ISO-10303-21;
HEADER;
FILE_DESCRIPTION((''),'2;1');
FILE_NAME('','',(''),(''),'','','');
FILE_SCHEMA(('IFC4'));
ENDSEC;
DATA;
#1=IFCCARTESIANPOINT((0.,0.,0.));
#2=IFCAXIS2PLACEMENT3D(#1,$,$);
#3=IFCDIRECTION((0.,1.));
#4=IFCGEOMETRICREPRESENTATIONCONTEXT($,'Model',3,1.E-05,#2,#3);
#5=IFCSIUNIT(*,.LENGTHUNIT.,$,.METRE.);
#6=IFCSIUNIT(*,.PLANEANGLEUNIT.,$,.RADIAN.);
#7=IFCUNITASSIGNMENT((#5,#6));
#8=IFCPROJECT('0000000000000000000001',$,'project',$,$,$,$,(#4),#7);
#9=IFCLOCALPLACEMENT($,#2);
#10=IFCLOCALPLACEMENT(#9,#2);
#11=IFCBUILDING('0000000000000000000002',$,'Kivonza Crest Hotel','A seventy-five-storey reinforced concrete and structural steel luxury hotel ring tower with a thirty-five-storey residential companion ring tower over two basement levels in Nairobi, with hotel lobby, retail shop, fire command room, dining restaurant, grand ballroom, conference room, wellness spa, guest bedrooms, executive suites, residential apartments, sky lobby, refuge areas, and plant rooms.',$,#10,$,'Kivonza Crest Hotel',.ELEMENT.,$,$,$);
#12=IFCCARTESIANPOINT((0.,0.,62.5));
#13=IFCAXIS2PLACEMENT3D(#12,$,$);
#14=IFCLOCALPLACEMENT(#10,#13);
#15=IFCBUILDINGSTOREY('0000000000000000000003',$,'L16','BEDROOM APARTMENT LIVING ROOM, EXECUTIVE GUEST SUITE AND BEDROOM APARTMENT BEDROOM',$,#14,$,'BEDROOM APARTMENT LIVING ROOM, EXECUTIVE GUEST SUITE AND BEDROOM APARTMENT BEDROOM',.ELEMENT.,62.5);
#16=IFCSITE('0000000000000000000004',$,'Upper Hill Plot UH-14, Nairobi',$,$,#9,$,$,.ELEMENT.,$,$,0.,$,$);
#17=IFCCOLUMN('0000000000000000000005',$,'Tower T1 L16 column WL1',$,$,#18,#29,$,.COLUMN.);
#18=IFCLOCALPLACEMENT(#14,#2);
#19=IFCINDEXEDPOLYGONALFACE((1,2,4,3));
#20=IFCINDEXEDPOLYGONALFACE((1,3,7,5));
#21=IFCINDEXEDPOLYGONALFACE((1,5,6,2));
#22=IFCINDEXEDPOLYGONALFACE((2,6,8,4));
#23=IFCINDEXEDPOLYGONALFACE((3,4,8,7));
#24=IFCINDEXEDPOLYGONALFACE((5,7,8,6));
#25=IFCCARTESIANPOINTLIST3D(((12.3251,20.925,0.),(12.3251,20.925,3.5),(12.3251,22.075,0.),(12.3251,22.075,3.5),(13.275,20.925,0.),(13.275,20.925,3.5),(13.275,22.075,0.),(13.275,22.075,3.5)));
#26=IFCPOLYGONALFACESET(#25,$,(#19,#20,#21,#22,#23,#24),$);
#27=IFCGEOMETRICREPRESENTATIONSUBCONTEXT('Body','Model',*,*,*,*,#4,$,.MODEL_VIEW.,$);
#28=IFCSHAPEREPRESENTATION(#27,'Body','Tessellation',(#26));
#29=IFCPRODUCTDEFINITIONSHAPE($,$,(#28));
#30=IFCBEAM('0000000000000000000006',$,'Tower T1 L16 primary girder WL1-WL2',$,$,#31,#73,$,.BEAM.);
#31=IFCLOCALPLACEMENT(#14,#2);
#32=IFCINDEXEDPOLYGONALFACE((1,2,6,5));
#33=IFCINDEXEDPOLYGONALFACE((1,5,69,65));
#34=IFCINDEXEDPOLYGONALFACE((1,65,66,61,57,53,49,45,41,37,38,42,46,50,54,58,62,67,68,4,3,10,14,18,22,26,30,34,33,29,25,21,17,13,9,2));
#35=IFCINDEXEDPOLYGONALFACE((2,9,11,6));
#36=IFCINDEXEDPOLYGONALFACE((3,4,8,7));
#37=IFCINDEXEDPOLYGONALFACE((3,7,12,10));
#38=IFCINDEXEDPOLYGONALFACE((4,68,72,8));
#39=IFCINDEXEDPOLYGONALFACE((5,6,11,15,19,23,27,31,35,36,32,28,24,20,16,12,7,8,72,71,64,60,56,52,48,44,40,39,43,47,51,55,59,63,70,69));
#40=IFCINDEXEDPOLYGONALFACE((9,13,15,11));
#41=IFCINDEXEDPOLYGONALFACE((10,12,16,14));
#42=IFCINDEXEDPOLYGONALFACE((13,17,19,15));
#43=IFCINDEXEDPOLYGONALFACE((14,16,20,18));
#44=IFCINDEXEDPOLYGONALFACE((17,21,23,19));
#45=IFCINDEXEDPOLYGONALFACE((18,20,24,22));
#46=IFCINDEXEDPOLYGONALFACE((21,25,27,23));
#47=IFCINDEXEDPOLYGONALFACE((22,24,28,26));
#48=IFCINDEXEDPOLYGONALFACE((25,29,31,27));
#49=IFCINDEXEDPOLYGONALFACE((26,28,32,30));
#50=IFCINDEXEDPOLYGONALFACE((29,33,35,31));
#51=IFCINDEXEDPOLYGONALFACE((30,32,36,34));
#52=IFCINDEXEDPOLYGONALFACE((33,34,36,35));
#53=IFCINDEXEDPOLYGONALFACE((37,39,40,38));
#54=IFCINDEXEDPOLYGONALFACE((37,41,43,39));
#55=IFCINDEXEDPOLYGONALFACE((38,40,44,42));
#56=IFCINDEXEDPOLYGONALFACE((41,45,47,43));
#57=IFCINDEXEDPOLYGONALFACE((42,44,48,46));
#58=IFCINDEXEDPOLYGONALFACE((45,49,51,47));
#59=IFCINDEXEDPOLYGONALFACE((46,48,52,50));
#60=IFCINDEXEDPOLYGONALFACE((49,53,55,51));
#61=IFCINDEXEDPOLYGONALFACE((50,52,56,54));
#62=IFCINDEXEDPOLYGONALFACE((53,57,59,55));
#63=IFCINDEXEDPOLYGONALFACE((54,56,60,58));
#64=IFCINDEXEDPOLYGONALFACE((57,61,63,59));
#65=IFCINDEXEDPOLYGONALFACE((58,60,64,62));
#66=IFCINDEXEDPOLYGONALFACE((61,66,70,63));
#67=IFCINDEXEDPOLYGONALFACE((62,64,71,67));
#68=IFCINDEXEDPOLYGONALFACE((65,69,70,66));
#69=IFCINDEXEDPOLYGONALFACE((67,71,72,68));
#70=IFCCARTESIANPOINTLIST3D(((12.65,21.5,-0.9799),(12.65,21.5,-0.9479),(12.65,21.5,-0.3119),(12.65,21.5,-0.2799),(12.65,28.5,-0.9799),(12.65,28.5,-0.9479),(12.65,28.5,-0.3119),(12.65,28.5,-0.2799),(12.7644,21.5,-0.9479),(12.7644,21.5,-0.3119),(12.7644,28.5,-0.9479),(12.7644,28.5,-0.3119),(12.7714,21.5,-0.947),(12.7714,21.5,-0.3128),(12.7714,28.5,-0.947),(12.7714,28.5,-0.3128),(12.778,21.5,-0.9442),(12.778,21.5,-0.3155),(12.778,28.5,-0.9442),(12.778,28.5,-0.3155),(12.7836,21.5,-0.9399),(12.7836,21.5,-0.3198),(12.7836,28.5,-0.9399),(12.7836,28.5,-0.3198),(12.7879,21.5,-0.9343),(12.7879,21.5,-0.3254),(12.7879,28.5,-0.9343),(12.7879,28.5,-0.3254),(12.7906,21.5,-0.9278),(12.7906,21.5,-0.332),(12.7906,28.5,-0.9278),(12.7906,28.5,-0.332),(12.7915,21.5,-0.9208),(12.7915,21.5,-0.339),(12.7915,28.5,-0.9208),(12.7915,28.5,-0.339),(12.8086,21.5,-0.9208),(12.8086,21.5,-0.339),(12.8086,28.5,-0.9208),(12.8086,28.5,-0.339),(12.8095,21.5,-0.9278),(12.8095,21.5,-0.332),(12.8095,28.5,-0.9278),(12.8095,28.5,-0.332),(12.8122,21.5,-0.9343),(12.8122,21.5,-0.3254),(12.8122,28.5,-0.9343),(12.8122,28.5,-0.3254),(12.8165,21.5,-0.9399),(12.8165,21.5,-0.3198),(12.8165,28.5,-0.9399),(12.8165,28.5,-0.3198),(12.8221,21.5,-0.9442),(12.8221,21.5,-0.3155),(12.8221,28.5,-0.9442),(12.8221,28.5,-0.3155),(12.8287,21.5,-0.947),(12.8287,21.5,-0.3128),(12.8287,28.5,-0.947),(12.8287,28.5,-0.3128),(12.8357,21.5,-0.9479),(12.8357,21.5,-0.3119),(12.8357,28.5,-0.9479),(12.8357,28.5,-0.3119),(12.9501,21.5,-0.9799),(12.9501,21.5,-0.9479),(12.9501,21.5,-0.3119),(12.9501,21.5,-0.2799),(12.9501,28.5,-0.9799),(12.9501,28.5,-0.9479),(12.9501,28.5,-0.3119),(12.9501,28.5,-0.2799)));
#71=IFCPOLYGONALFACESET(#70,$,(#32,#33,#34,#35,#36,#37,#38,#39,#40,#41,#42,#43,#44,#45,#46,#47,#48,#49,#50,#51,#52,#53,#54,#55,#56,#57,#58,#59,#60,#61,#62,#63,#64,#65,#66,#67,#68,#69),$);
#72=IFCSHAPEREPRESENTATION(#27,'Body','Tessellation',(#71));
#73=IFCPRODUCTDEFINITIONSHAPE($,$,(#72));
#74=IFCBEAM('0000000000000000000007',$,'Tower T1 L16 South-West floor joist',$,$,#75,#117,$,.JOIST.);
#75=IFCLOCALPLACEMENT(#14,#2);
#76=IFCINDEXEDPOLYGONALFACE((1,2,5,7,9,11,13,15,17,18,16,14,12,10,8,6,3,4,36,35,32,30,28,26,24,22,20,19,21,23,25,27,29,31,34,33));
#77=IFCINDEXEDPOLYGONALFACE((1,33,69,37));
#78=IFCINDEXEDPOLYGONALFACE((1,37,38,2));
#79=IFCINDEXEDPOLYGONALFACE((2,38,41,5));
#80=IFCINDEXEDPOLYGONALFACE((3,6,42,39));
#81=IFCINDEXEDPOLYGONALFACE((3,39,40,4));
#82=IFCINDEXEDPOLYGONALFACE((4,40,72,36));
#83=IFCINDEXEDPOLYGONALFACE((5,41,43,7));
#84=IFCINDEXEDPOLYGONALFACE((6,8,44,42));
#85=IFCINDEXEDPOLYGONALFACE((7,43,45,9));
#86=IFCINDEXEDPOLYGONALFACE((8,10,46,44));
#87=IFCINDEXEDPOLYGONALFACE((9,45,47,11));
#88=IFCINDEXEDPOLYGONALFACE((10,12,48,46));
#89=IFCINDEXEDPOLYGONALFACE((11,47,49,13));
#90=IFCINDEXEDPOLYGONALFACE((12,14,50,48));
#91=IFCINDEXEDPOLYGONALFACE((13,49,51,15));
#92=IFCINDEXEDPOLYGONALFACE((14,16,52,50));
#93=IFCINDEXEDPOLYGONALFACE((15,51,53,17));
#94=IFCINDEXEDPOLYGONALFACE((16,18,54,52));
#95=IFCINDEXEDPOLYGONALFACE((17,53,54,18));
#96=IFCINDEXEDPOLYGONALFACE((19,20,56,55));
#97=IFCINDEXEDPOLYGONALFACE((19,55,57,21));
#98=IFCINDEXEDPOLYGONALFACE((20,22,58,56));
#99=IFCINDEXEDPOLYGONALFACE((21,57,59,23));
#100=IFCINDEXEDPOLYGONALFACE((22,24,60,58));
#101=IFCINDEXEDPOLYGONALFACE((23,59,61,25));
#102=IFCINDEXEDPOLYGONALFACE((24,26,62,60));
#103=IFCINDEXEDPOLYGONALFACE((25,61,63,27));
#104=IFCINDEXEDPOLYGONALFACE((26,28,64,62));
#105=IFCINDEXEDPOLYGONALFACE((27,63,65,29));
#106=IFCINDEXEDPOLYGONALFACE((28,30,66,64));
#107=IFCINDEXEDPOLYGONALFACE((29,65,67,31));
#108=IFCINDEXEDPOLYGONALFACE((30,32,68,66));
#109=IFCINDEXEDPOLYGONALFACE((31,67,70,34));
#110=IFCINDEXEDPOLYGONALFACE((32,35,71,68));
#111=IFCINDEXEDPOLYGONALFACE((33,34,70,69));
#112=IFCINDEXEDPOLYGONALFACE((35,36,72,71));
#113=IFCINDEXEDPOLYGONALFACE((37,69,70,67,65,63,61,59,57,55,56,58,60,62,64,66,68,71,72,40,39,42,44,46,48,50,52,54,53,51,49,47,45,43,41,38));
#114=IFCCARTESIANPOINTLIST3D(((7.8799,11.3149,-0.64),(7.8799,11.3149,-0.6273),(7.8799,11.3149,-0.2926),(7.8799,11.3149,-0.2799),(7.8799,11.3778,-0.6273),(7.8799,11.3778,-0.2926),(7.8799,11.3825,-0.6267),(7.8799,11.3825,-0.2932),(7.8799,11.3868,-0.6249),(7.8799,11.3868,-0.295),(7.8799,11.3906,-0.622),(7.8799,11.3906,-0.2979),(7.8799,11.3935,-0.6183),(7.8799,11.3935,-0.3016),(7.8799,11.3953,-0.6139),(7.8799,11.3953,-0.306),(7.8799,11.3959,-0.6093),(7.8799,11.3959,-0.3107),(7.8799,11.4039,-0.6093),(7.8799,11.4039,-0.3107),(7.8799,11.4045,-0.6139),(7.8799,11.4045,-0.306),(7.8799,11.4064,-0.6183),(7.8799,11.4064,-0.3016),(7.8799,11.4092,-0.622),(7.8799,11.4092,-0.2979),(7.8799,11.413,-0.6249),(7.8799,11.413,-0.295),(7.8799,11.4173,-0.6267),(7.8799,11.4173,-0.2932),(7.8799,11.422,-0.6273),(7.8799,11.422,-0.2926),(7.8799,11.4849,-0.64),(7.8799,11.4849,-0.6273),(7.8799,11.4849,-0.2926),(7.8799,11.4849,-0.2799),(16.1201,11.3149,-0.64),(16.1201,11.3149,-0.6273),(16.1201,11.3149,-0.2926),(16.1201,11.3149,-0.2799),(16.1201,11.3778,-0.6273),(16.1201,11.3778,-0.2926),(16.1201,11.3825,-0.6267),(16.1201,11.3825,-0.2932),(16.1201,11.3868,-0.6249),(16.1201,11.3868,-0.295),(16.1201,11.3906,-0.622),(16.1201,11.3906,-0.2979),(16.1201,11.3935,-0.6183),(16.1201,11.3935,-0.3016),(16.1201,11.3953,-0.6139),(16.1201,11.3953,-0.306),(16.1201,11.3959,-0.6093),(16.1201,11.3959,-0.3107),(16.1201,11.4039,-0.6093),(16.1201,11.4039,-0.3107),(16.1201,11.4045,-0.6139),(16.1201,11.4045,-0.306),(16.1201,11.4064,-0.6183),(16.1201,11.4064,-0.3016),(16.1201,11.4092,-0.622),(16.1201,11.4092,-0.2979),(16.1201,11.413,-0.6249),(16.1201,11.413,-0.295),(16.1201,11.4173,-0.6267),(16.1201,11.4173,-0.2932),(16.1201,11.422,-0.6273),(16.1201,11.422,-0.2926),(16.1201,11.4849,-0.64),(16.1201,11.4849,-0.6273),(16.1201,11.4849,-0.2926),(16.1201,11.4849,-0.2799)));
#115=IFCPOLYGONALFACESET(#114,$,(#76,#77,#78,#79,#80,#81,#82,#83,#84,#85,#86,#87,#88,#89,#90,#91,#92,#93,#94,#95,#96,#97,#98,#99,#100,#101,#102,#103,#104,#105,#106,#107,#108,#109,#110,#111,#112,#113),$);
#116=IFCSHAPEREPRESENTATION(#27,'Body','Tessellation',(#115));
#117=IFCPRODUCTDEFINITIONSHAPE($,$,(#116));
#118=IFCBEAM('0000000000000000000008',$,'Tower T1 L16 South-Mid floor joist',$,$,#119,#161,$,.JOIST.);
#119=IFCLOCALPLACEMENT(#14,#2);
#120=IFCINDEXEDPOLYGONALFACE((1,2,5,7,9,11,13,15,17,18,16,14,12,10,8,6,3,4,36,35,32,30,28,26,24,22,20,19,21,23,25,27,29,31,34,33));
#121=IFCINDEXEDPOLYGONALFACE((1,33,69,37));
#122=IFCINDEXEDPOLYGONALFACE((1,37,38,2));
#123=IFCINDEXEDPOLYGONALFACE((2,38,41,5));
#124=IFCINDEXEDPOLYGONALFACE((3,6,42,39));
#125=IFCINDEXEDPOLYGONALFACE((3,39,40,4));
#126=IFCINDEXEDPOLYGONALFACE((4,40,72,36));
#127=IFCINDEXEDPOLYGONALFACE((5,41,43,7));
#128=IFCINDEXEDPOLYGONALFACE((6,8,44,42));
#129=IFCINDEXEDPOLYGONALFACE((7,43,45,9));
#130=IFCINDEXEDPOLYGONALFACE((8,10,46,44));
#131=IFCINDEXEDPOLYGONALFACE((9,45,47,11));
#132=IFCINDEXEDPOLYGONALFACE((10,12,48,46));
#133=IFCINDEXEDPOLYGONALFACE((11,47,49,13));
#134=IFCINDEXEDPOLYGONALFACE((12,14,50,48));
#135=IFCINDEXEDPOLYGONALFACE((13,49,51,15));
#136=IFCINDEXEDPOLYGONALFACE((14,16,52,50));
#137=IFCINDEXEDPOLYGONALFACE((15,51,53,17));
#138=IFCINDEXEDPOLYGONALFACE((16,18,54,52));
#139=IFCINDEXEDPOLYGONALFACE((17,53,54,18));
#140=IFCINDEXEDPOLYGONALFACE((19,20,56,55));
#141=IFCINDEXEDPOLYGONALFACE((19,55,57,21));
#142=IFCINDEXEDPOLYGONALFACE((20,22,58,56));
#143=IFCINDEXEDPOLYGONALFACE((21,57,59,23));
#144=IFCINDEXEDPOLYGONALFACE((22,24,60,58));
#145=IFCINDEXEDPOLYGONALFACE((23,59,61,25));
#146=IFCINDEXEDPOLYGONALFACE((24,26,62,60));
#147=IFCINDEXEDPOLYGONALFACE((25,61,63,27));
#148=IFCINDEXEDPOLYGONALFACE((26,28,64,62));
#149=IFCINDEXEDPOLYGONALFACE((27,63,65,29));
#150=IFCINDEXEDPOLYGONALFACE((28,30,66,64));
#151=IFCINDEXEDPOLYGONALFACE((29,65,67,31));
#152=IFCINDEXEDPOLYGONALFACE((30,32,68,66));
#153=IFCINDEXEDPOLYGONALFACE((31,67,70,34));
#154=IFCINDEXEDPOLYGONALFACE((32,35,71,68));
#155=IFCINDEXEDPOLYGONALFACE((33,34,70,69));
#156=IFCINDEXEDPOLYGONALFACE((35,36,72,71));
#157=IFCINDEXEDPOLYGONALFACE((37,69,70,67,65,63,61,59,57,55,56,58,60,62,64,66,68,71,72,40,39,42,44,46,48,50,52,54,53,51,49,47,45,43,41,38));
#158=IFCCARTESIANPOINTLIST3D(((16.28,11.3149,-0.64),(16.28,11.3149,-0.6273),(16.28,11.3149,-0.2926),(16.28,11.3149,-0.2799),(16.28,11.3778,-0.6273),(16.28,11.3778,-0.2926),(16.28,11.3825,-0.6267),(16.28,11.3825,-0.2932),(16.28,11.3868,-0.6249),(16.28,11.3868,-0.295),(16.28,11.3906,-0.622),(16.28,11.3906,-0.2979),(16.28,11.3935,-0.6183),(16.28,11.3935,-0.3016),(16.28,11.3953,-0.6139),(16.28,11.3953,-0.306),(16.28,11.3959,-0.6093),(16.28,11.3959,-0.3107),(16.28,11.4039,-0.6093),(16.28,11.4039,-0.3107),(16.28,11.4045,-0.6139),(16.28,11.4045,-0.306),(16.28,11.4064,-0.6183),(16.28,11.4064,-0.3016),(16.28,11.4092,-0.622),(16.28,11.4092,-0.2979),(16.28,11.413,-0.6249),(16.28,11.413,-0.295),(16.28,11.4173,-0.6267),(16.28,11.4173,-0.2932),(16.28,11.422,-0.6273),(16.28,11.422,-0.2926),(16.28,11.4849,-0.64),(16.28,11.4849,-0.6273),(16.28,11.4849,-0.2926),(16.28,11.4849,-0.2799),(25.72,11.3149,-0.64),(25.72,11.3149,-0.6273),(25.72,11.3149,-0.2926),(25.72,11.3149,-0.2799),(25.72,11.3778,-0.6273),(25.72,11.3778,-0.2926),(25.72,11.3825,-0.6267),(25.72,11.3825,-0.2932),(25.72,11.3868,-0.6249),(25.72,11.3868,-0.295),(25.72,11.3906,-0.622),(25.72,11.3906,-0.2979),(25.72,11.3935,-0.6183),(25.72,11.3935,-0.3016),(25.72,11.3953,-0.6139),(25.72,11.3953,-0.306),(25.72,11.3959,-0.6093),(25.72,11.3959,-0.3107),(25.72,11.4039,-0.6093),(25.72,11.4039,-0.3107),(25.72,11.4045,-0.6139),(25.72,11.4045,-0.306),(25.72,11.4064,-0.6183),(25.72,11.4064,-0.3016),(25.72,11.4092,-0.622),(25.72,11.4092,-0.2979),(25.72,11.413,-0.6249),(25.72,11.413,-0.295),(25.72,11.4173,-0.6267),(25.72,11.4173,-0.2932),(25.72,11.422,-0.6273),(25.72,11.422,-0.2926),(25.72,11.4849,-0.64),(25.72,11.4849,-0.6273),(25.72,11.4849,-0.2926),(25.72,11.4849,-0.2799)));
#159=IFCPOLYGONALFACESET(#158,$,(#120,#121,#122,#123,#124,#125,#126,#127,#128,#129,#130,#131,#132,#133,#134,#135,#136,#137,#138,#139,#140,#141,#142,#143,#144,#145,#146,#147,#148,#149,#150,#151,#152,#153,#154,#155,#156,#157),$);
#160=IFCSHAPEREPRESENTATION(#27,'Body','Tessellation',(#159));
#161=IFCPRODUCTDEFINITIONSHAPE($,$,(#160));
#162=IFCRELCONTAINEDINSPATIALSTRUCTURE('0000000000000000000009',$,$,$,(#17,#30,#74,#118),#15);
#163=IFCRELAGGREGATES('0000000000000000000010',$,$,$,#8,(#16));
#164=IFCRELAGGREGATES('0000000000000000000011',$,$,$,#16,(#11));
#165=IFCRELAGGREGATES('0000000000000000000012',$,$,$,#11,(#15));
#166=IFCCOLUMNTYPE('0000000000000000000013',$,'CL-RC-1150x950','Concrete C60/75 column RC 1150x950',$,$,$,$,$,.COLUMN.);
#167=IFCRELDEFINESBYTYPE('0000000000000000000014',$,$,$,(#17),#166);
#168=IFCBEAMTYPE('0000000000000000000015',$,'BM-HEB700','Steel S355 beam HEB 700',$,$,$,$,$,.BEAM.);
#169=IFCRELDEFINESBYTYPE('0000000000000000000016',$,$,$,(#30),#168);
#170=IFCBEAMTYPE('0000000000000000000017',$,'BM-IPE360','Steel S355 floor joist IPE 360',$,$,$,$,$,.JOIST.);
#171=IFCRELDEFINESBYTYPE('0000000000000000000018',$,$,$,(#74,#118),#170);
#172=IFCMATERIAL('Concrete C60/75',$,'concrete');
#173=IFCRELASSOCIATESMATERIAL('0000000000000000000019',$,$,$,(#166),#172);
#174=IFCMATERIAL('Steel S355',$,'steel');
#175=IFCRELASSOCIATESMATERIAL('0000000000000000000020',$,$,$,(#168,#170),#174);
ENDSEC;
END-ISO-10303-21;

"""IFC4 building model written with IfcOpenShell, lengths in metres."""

from ifc_helpers import new_model, si_unit, direction, frame, origin, origin_2d, place, context, subcontext, project, spatial, rectangle, i_section, extrude, material, material_profile, profile_set, type_object, element, save


model = new_model("IFC4")

# Units and contexts
model_context = context("Model", 3, precision=1e-05, world=origin(), true_north=direction((0.0, 1.0)))
body_context = subcontext(model_context, "Body", "Model", "MODEL_VIEW")
ifc_project = project(units=[si_unit("LENGTHUNIT", "METRE"), si_unit("PLANEANGLEUNIT", "RADIAN")], contexts=[model_context])

# Site, building, storey
site_placement = place(None, origin())
site = spatial("IfcSite", under=ifc_project, at=site_placement, Name="Upper Hill Plot UH-14, Nairobi", CompositionType="ELEMENT", RefElevation=0.0)
building_placement = place(site_placement, origin())
building = spatial("IfcBuilding", under=site, at=building_placement, Name="Kivonza Crest Hotel", Description="A seventy-five-storey reinforced concrete and structural steel luxury hotel ring tower with a thirty-five-storey residential companion ring tower over two basement levels in Nairobi, with hotel lobby, retail shop, fire command room, dining restaurant, grand ballroom, conference room, wellness spa, guest bedrooms, executive suites, residential apartments, sky lobby, refuge areas, and plant rooms.", LongName="Kivonza Crest Hotel", CompositionType="ELEMENT")
storey_placement = place(building_placement, frame((0.0, 0.0, 62.5)))
storey = spatial("IfcBuildingStorey", under=building, at=storey_placement, Name="L16", Description="BEDROOM APARTMENT LIVING ROOM, EXECUTIVE GUEST SUITE AND BEDROOM APARTMENT BEDROOM", LongName="BEDROOM APARTMENT LIVING ROOM, EXECUTIVE GUEST SUITE AND BEDROOM APARTMENT BEDROOM", CompositionType="ELEMENT", Elevation=62.5)

# Column
ifc_material_1 = material(Name="Concrete C60/75", Category="concrete")
ifc_material_profile_1 = material_profile(ifc_material_1, rectangle(XDim=0.95, YDim=1.1499, at=origin_2d()), Name="RC 1150x950")
ifc_profile_set_1 = profile_set([ifc_material_profile_1], Name="Concrete C60/75")
column_type = type_object("IfcColumnType", Name="CL-RC-1150x950", Description="Concrete C60/75 column RC 1150x950", PredefinedType="COLUMN", material=ifc_profile_set_1)
column_placement = place(storey_placement, frame((12.8, 21.5, 0.0), z_axis=(0.0, 0.0, 1.0), x_axis=(1.0, 0.0, 0.0)))
element("IfcColumn", 1, at=column_placement, inside=storey, type_object=column_type, Name="Tower T1 L16 column WL1", PredefinedType="COLUMN", context=body_context, shape_type="SweptSolid", body=[
    extrude(rectangle(XDim=0.95, YDim=1.1499, at=origin_2d()), origin(), (0.0, 0.0, 1.0), 3.5),
])

# Beams
ifc_material_2 = material(Name="Steel S355", Category="steel")
ifc_material_profile_2 = material_profile(ifc_material_2, i_section(OverallWidth=0.3, OverallDepth=0.7, WebThickness=0.0171, FlangeThickness=0.032, FilletRadius=0.0271, at=origin_2d()), Name="HEB 700")
ifc_profile_set_2 = profile_set([ifc_material_profile_2], Name="Steel S355")
beam_type_1 = type_object("IfcBeamType", Name="BM-HEB700", Description="Steel S355 beam HEB 700", PredefinedType="BEAM", material=ifc_profile_set_2)
beam_1_placement = place(storey_placement, frame((12.8, 21.5, -0.6299), z_axis=(0.0, 1.0, 0.0), x_axis=(-1.0, 0.0, 0.0)))
element("IfcBeam", 2, at=beam_1_placement, inside=storey, type_object=beam_type_1, Name="Tower T1 L16 primary girder WL1-WL2", PredefinedType="BEAM", context=body_context, shape_type="SweptSolid", body=[
    extrude(i_section(OverallWidth=0.3, OverallDepth=0.7, WebThickness=0.0171, FlangeThickness=0.032, FilletRadius=0.0271, at=origin_2d()), origin(), (0.0, 0.0, 1.0), 7.0),
])
ifc_material_profile_3 = material_profile(ifc_material_2, i_section(OverallWidth=0.1699, OverallDepth=0.3601, WebThickness=0.0081, FlangeThickness=0.0127, FilletRadius=0.0181, at=origin_2d()), Name="IPE 360")
ifc_profile_set_3 = profile_set([ifc_material_profile_3], Name="Steel S355")
beam_type_2 = type_object("IfcBeamType", Name="BM-IPE360", Description="Steel S355 floor joist IPE 360", PredefinedType="JOIST", material=ifc_profile_set_3)
beam_2_placement = place(storey_placement, frame((7.8799, 11.3999, -0.46), z_axis=(1.0, 0.0, 0.0), x_axis=(0.0, 1.0, 0.0)))
element("IfcBeam", 3, at=beam_2_placement, inside=storey, type_object=beam_type_2, Name="Tower T1 L16 South-West floor joist", PredefinedType="JOIST", context=body_context, shape_type="SweptSolid", body=[
    extrude(i_section(OverallWidth=0.1699, OverallDepth=0.3601, WebThickness=0.0081, FlangeThickness=0.0127, FilletRadius=0.0181, at=origin_2d()), origin(), (0.0, 0.0, 1.0), 8.2402),
])
beam_3_placement = place(storey_placement, frame((16.28, 11.3999, -0.46), z_axis=(1.0, 0.0, 0.0), x_axis=(0.0, 1.0, 0.0)))
element("IfcBeam", 4, at=beam_3_placement, inside=storey, type_object=beam_type_2, Name="Tower T1 L16 South-Mid floor joist", PredefinedType="JOIST", context=body_context, shape_type="SweptSolid", body=[
    extrude(i_section(OverallWidth=0.1699, OverallDepth=0.3601, WebThickness=0.0081, FlangeThickness=0.0127, FilletRadius=0.0181, at=origin_2d()), origin(), (0.0, 0.0, 1.0), 9.4399),
])

save(model, "model.ifc")
